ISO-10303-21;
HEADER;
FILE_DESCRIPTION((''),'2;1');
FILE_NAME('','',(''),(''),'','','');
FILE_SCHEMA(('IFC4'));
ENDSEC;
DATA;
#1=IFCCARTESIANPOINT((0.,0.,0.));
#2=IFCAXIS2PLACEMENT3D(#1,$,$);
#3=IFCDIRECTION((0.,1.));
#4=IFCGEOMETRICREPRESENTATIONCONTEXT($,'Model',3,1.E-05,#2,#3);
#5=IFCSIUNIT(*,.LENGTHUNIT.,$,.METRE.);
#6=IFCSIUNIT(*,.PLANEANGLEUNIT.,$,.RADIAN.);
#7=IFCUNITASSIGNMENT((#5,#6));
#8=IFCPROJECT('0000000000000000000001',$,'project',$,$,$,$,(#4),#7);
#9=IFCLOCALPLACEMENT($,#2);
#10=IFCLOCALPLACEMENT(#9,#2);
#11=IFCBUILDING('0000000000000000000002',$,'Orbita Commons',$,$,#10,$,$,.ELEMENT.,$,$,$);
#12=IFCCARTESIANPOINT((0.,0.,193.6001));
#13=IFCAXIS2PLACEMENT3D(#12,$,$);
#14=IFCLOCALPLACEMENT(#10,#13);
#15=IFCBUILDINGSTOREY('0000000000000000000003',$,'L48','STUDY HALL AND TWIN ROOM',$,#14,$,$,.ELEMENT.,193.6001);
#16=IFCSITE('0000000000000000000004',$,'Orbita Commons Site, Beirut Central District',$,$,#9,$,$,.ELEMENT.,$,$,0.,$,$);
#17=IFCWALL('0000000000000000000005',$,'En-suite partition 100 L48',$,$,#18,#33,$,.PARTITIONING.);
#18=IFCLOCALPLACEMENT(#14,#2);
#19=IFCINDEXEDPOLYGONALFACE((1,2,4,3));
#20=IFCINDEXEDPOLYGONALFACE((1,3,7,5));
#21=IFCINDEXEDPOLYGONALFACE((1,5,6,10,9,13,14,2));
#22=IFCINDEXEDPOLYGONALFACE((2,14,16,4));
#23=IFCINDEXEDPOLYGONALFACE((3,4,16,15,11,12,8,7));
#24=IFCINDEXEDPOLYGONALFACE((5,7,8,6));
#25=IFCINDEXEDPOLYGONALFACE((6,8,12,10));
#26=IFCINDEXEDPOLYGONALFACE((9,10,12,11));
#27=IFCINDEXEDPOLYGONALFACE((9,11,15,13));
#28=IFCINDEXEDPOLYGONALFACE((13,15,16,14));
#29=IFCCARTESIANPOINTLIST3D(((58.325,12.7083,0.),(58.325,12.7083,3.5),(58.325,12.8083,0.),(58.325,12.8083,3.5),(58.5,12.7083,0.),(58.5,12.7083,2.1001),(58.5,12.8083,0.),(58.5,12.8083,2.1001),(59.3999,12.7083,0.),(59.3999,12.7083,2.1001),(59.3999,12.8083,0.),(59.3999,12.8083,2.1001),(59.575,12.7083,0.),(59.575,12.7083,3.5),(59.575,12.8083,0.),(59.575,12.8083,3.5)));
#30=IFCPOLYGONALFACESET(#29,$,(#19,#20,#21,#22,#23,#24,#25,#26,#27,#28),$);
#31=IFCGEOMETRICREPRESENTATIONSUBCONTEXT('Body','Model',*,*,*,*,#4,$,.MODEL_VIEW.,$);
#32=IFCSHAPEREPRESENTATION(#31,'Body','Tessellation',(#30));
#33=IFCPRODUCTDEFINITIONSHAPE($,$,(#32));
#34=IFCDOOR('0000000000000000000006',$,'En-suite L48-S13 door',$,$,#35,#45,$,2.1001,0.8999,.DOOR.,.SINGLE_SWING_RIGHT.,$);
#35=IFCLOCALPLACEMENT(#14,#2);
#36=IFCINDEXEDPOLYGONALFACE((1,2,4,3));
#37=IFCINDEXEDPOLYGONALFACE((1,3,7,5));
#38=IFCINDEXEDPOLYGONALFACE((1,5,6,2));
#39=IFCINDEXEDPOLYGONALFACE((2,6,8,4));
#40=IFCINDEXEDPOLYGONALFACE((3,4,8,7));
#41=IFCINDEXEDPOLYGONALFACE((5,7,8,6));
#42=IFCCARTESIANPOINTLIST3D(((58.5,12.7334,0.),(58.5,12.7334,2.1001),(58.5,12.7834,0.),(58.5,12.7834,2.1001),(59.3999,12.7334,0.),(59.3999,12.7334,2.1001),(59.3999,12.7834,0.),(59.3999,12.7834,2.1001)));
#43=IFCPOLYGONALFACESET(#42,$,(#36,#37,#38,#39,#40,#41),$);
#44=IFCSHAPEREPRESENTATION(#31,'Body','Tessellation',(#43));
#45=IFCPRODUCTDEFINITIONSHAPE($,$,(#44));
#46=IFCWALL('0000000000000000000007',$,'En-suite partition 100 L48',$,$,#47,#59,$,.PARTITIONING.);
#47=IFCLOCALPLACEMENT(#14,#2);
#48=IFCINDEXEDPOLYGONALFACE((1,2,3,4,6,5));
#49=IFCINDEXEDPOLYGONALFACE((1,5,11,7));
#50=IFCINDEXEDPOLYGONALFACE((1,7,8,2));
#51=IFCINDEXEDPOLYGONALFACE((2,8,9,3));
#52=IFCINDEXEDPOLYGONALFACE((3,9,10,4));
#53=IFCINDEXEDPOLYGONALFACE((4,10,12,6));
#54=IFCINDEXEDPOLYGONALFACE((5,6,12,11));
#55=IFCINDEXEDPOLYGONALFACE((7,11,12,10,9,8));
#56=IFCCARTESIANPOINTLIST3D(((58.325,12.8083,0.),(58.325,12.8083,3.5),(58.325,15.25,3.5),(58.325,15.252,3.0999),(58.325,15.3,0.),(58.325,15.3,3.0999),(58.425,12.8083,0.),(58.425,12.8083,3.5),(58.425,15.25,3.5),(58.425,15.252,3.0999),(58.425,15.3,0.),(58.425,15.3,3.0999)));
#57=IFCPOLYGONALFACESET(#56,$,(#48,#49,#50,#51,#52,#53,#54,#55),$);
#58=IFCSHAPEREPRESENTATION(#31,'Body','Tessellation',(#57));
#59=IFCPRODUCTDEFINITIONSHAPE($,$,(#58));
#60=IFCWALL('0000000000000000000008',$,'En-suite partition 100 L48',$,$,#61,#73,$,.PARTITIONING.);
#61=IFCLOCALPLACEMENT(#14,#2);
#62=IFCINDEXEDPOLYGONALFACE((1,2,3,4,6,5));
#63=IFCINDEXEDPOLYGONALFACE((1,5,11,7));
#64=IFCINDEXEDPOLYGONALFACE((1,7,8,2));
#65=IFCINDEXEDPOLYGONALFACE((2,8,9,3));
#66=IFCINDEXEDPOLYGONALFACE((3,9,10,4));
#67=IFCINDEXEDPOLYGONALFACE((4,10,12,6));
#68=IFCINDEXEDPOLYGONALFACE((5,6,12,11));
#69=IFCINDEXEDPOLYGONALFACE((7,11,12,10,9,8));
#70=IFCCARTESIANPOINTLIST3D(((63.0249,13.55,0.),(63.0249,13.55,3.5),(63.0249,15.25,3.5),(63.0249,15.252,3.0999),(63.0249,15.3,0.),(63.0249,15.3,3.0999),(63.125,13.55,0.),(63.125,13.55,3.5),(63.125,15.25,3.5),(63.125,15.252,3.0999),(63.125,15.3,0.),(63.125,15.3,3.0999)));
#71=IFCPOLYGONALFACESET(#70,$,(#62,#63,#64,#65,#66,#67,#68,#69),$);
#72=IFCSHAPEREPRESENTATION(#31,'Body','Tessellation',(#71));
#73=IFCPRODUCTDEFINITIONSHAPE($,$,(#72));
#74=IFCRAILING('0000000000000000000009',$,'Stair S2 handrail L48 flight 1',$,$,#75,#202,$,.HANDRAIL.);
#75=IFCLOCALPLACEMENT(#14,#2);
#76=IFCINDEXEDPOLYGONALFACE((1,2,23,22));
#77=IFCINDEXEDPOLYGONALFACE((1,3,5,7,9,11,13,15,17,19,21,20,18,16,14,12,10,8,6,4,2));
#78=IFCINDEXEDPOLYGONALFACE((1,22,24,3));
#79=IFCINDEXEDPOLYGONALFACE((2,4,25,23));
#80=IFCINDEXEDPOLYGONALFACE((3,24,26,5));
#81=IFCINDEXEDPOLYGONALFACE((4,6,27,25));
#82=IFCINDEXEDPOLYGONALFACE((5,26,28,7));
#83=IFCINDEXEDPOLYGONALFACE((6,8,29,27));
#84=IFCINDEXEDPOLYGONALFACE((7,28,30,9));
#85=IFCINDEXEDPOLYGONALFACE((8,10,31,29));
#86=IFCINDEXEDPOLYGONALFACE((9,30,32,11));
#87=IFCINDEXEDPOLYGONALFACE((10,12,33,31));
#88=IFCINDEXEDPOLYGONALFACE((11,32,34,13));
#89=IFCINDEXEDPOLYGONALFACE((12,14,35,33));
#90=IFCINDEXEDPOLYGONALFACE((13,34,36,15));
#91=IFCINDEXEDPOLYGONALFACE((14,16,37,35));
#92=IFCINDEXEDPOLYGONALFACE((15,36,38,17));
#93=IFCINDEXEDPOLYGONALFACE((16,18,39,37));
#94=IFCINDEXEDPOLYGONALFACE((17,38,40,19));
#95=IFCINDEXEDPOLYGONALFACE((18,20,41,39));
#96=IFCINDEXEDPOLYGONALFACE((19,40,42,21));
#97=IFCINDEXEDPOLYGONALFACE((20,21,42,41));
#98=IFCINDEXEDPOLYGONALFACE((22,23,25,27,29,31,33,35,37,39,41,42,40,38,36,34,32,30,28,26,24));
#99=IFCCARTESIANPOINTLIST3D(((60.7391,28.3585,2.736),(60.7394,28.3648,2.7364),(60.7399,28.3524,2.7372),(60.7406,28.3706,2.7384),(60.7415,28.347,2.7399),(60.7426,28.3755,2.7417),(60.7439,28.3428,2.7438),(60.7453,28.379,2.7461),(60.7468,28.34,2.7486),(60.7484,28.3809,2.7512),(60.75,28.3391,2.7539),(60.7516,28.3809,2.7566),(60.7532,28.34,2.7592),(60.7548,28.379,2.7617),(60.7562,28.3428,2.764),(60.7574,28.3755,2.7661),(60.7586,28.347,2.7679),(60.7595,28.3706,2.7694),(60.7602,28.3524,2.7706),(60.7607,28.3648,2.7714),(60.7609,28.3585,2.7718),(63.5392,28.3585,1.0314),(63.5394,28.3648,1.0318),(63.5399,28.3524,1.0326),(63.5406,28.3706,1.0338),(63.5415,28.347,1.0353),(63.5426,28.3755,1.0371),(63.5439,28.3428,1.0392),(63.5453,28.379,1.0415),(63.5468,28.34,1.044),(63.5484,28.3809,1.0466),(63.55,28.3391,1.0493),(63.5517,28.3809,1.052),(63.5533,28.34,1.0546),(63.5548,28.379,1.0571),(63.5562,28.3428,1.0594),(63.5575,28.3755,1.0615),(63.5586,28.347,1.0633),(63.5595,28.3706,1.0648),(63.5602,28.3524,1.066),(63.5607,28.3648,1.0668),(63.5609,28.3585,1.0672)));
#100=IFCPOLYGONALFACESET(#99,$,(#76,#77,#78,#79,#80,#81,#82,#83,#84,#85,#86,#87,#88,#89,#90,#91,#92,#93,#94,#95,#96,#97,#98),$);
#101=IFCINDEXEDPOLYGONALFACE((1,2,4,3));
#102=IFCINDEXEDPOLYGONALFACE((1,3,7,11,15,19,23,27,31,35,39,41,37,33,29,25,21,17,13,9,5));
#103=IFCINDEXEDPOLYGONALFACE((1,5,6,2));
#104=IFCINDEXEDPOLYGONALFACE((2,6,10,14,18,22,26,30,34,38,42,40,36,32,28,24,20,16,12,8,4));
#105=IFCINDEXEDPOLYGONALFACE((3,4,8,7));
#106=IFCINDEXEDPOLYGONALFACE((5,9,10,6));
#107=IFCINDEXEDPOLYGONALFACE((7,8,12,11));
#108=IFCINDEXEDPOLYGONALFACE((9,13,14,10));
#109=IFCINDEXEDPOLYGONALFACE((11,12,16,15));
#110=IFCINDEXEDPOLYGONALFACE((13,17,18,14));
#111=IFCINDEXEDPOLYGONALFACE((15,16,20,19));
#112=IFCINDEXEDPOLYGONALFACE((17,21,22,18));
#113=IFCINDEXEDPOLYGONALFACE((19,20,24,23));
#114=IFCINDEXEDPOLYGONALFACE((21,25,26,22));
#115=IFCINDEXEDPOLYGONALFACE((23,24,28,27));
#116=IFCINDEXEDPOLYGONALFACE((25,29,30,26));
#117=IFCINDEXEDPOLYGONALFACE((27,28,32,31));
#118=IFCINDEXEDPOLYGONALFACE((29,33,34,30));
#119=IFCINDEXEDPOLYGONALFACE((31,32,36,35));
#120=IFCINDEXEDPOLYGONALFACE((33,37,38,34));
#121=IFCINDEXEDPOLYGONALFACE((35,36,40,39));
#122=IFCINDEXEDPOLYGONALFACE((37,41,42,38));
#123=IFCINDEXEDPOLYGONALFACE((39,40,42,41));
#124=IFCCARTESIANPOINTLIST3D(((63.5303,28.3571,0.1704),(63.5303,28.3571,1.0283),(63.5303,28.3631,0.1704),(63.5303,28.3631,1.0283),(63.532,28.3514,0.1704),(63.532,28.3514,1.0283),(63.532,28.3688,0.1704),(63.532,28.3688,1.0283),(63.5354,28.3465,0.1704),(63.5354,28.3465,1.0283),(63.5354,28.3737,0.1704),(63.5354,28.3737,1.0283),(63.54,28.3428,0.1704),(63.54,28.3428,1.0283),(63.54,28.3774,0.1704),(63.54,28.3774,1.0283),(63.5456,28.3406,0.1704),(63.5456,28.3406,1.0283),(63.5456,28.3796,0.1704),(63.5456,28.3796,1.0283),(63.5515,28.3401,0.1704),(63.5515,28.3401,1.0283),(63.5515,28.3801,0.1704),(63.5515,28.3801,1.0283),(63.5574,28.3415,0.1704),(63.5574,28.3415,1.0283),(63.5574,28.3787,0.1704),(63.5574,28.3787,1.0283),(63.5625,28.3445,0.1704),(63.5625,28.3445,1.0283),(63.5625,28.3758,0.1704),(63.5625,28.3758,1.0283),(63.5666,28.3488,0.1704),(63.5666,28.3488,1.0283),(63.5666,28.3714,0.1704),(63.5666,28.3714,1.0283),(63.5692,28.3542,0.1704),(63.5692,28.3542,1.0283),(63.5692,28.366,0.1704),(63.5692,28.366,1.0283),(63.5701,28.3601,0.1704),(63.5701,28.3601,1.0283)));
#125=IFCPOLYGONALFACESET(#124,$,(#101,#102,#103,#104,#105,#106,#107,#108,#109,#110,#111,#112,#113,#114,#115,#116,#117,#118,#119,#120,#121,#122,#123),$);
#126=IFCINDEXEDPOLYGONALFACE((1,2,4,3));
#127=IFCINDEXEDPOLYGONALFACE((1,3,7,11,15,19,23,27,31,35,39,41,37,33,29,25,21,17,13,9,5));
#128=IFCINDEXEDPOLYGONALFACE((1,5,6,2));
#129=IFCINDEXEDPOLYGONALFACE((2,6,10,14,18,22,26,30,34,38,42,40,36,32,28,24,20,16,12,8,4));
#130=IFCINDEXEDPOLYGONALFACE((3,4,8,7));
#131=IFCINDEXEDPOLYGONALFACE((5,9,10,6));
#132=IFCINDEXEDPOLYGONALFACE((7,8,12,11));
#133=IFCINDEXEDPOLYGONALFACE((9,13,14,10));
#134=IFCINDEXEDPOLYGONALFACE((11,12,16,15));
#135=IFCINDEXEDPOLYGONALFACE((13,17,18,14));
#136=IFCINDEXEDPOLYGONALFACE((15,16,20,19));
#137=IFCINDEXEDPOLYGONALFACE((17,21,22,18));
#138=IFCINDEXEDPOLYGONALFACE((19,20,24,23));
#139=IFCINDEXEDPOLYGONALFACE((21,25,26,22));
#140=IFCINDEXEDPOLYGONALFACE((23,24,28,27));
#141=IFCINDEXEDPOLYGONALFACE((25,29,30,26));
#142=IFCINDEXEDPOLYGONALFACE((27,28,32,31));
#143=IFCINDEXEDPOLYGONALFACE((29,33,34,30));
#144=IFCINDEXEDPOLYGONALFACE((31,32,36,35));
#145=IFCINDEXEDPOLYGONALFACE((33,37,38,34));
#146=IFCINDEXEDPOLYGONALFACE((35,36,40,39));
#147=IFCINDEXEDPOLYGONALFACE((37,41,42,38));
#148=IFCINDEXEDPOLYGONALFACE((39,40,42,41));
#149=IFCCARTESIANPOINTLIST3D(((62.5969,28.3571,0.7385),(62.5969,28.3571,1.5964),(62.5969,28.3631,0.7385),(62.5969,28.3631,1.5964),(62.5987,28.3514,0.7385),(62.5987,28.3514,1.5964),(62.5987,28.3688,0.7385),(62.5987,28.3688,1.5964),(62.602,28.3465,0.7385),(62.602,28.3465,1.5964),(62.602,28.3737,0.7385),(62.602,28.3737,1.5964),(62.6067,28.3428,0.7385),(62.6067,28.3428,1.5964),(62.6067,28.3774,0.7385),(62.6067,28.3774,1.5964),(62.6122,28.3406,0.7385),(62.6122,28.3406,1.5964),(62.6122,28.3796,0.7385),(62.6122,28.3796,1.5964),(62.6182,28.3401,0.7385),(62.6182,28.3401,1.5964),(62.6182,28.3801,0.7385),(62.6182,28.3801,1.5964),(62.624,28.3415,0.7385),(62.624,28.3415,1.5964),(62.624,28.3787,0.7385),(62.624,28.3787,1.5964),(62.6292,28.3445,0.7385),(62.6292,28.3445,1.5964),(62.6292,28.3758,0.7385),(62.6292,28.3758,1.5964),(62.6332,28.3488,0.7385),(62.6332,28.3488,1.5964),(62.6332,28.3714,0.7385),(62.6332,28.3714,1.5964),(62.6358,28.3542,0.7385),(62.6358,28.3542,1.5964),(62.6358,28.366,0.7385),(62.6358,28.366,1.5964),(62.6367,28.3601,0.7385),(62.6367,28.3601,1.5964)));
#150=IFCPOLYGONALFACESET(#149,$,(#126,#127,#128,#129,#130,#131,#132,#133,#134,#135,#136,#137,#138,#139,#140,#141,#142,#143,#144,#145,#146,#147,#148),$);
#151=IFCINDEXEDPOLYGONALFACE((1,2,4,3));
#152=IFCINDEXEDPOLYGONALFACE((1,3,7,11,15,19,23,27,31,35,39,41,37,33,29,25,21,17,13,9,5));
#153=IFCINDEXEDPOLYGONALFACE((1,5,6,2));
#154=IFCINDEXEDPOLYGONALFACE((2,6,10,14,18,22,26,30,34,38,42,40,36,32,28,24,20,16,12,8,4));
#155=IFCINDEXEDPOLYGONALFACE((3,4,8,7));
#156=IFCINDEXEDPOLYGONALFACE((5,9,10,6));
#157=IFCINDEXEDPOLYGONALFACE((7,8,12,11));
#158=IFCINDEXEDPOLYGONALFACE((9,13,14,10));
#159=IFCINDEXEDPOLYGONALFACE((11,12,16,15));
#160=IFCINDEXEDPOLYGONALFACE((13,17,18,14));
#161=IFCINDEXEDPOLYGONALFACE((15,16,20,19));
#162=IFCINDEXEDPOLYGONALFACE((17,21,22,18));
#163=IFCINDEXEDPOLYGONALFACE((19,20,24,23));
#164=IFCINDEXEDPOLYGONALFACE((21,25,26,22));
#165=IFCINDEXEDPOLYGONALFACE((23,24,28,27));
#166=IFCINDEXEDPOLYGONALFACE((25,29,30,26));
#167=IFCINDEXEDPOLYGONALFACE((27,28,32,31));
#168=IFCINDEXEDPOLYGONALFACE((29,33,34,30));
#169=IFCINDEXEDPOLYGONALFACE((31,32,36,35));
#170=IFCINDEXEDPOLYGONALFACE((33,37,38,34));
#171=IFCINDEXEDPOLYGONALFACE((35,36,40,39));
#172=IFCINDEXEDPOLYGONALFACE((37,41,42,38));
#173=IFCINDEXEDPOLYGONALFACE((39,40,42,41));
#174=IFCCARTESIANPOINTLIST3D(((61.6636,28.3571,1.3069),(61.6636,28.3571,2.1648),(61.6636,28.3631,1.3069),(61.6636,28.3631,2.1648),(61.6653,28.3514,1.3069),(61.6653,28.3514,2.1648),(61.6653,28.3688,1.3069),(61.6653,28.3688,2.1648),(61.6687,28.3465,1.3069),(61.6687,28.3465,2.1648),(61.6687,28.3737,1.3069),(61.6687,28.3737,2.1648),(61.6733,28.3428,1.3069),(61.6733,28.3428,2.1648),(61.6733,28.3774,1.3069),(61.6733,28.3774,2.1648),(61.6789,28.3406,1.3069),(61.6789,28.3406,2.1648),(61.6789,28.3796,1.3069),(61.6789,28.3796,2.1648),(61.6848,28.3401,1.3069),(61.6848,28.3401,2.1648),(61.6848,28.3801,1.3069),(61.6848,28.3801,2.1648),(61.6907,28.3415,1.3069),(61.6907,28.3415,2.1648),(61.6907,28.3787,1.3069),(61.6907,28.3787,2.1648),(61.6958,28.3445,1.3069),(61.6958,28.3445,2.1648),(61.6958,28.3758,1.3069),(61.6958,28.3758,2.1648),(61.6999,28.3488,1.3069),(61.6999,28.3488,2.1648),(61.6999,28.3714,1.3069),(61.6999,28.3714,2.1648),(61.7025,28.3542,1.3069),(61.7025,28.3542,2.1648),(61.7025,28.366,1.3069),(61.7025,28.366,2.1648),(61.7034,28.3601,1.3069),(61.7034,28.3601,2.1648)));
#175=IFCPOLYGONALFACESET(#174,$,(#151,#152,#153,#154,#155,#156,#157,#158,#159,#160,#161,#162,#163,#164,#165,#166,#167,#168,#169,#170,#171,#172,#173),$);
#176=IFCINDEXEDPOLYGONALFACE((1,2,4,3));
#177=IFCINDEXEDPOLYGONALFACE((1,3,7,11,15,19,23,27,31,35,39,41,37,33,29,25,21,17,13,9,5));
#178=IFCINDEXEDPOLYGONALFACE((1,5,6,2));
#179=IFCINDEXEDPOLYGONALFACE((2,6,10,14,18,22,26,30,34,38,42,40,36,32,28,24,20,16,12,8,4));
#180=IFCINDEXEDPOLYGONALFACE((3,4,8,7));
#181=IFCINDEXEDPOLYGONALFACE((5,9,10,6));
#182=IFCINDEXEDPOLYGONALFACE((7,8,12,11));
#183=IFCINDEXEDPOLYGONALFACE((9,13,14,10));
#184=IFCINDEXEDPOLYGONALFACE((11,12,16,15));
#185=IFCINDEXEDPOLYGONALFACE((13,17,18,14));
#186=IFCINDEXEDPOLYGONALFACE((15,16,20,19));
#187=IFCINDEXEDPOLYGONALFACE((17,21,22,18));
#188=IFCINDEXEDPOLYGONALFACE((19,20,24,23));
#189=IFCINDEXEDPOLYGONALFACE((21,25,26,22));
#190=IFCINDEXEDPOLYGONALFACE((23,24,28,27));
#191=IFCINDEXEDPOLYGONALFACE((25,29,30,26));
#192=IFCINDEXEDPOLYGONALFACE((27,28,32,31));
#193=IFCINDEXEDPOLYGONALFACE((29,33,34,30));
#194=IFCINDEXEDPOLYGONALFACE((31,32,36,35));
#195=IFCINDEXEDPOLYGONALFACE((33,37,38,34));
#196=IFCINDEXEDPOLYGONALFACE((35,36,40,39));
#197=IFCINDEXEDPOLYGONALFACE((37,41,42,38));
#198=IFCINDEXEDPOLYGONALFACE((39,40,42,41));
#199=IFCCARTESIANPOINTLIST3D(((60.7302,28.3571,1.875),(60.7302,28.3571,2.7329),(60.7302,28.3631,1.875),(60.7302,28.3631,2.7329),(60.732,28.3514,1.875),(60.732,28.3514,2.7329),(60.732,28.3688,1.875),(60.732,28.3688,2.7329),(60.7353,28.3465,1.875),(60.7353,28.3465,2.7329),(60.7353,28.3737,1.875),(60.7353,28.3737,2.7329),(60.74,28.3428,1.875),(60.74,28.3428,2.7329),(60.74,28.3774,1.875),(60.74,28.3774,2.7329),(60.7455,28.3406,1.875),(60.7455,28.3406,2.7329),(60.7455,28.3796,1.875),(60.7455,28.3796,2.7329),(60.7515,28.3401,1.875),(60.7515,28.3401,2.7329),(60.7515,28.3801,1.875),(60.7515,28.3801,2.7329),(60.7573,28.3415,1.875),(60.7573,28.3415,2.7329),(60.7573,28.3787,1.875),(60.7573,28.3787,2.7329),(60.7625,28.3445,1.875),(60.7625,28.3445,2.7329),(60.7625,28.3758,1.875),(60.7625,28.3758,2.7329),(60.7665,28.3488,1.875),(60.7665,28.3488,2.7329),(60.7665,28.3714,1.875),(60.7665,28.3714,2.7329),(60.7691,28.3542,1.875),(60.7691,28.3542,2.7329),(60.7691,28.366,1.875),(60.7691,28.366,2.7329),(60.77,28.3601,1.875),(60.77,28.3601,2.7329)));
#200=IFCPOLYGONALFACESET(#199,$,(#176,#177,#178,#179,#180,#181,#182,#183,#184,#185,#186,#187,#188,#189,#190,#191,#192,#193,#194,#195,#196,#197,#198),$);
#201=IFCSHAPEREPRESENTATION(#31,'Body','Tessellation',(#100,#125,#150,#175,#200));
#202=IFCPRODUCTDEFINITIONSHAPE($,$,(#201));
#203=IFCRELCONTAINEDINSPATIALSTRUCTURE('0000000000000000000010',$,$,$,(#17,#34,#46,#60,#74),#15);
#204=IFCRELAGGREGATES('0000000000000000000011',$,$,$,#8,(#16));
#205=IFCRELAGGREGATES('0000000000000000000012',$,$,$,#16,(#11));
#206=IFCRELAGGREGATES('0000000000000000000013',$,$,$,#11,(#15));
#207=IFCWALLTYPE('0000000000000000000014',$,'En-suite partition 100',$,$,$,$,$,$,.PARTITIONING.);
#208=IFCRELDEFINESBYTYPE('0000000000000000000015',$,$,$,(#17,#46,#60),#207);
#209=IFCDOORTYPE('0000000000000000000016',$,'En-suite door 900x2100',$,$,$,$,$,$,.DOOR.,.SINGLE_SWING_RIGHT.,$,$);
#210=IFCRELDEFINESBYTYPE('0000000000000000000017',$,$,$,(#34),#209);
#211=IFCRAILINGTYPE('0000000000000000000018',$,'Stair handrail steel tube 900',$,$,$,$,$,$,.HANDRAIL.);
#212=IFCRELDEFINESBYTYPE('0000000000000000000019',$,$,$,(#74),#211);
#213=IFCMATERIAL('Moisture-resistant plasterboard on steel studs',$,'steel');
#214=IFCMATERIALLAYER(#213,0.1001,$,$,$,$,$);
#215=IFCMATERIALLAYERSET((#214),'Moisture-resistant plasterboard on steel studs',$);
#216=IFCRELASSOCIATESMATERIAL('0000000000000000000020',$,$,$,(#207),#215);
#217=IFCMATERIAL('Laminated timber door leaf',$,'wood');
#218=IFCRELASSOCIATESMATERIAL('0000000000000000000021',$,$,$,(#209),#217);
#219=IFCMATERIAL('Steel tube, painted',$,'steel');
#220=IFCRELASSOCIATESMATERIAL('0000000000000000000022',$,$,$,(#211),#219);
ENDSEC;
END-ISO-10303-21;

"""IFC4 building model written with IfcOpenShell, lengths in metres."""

from ifc_helpers import new_model, si_unit, direction, frame, frame_2d, origin, origin_2d, place, context, subcontext, project, spatial, polyline, rectangle, circle, outline, extrude, material, layer, layer_set, type_object, element, fill, save


model = new_model("IFC4")

# Units and contexts
model_context = context("Model", 3, precision=1e-05, world=origin(), true_north=direction((0.0, 1.0)))
body_context = subcontext(model_context, "Body", "Model", "MODEL_VIEW")
ifc_project = project(units=[si_unit("LENGTHUNIT", "METRE"), si_unit("PLANEANGLEUNIT", "RADIAN")], contexts=[model_context])

# Site, building, storey
site_placement = place(None, origin())
site = spatial("IfcSite", under=ifc_project, at=site_placement, Name="Orbita Commons Site, Beirut Central District", CompositionType="ELEMENT", RefElevation=0.0)
building_placement = place(site_placement, origin())
building = spatial("IfcBuilding", under=site, at=building_placement, Name="Orbita Commons", CompositionType="ELEMENT")
storey_placement = place(building_placement, frame((0.0, 0.0, 193.6001)))
storey = spatial("IfcBuildingStorey", under=building, at=storey_placement, Name="L48", Description="STUDY HALL AND TWIN ROOM", CompositionType="ELEMENT", Elevation=193.6001)

# Wall, opening, door
ifc_material_1 = material(Name="Moisture-resistant plasterboard on steel studs", Category="steel")
ifc_layer_1 = layer(ifc_material_1, 0.1001)
ifc_layer_set_1 = layer_set([ifc_layer_1], Name="Moisture-resistant plasterboard on steel studs")
wall_type_1 = type_object("IfcWallType", Name="En-suite partition 100", PredefinedType="PARTITIONING", material=ifc_layer_set_1)
wall_1_placement = place(storey_placement, frame((59.575, 12.7583, 0.0), z_axis=(0.0, 0.0, 1.0), x_axis=(-1.0, 0.0, 0.0)))
wall_1 = element("IfcWall", 1, at=wall_1_placement, inside=storey, type_object=wall_type_1, Name="En-suite partition 100 L48", PredefinedType="PARTITIONING", context=body_context, shape_type="SweptSolid", body=[
    extrude(rectangle(XDim=1.25, YDim=0.1001, at=frame_2d((0.625, 0.0))), origin(), (0.0, 0.0, 1.0), 3.5),
])
opening_1_placement = place(wall_1_placement, frame((0.175, 0.0, 0.0)))
opening_1 = element("IfcOpeningElement", 2, at=opening_1_placement, cuts=wall_1, PredefinedType="OPENING", context=body_context, shape_type="SweptSolid", body=[
    extrude(rectangle(XDim=0.8999, YDim=2.1001, at=frame_2d((0.45, 1.05))), frame((0.0, 0.0601, 0.0), z_axis=(0.0, -1.0, 0.0), x_axis=(1.0, 0.0, 0.0)), (0.0, 0.0, 1.0), 0.1201),
])
ifc_material_2 = material(Name="Laminated timber door leaf", Category="wood")
door_type_1 = type_object("IfcDoorType", Name="En-suite door 900x2100", OperationType="SINGLE_SWING_RIGHT", PredefinedType="DOOR", material=ifc_material_2)
door_1_placement = place(opening_1_placement, origin())
door_1 = element("IfcDoor", 3, at=door_1_placement, inside=storey, type_object=door_type_1, Name="En-suite L48-S13 door", OperationType="SINGLE_SWING_RIGHT", OverallHeight=2.1001, OverallWidth=0.8999, PredefinedType="DOOR", context=body_context, shape_type="SweptSolid", body=[
    extrude(rectangle(XDim=0.8999, YDim=2.1001, at=frame_2d((0.45, 1.05))), frame((0.0, 0.0249, 0.0), z_axis=(0.0, -1.0, 0.0), x_axis=(1.0, 0.0, 0.0)), (0.0, 0.0, 1.0), 0.05),
])
fill(opening_1, door_1)

# Walls
wall_2_placement = place(storey_placement, frame((58.375, 12.8083, 0.0), z_axis=(0.0, 0.0, 1.0), x_axis=(0.0, 1.0, 0.0)))
element("IfcWall", 4, at=wall_2_placement, inside=storey, type_object=wall_type_1, Name="En-suite partition 100 L48", PredefinedType="PARTITIONING", context=body_context, shape_type="SweptSolid", body=[
    extrude(outline(polyline([(0.0, 0.0), (2.4917, 0.0), (2.4917, 3.0999), (2.4436, 3.0999), (2.4417, 3.5), (0.0, 3.5), (0.0, 0.0)])), frame((0.0, 0.05, 0.0), z_axis=(0.0, -1.0, 0.0), x_axis=(1.0, 0.0, 0.0)), (0.0, 0.0, 1.0), 0.1001),
])
wall_3_placement = place(storey_placement, frame((63.075, 13.55, 0.0), z_axis=(0.0, 0.0, 1.0), x_axis=(0.0, 1.0, 0.0)))
element("IfcWall", 5, at=wall_3_placement, inside=storey, type_object=wall_type_1, Name="En-suite partition 100 L48", PredefinedType="PARTITIONING", context=body_context, shape_type="SweptSolid", body=[
    extrude(outline(polyline([(0.0, 0.0), (1.75, 0.0), (1.75, 3.0999), (1.7019, 3.0999), (1.7, 3.5), (0.0, 3.5), (0.0, 0.0)])), frame((0.0, 0.05, 0.0), z_axis=(0.0, -1.0, 0.0), x_axis=(1.0, 0.0, 0.0)), (0.0, 0.0, 1.0), 0.1001),
])

# Railing
ifc_material_3 = material(Name="Steel tube, painted", Category="steel")
railing_type = type_object("IfcRailingType", Name="Stair handrail steel tube 900", PredefinedType="HANDRAIL", material=ifc_material_3)
railing_placement = place(storey_placement, frame((63.55, 28.3601, 0.1704)))
element("IfcRailing", 6, at=railing_placement, inside=storey, type_object=railing_type, Name="Stair S2 handrail L48 flight 1", PredefinedType="HANDRAIL", context=body_context, shape_type="SweptSolid", body=[
    extrude(circle(Radius=0.021, at=origin_2d()), frame((0.0, 0.0, 0.8789), z_axis=(-0.85417, 0.0, 0.519994), x_axis=(0.0, -1.0, 0.0)), (0.0, 0.0, 1.0), 3.2781),
    extrude(circle(Radius=0.02, at=origin_2d()), origin(), (0.0, 0.0, 1.0), 0.8579),
    extrude(circle(Radius=0.02, at=origin_2d()), frame((-0.9333, 0.0, 0.5681)), (0.0, 0.0, 1.0), 0.8579),
    extrude(circle(Radius=0.02, at=origin_2d()), frame((-1.8667, 0.0, 1.1365)), (0.0, 0.0, 1.0), 0.8579),
    extrude(circle(Radius=0.02, at=origin_2d()), frame((-2.8, 0.0, 1.7046)), (0.0, 0.0, 1.0), 0.8579),
])

save(model, "model.ifc")
